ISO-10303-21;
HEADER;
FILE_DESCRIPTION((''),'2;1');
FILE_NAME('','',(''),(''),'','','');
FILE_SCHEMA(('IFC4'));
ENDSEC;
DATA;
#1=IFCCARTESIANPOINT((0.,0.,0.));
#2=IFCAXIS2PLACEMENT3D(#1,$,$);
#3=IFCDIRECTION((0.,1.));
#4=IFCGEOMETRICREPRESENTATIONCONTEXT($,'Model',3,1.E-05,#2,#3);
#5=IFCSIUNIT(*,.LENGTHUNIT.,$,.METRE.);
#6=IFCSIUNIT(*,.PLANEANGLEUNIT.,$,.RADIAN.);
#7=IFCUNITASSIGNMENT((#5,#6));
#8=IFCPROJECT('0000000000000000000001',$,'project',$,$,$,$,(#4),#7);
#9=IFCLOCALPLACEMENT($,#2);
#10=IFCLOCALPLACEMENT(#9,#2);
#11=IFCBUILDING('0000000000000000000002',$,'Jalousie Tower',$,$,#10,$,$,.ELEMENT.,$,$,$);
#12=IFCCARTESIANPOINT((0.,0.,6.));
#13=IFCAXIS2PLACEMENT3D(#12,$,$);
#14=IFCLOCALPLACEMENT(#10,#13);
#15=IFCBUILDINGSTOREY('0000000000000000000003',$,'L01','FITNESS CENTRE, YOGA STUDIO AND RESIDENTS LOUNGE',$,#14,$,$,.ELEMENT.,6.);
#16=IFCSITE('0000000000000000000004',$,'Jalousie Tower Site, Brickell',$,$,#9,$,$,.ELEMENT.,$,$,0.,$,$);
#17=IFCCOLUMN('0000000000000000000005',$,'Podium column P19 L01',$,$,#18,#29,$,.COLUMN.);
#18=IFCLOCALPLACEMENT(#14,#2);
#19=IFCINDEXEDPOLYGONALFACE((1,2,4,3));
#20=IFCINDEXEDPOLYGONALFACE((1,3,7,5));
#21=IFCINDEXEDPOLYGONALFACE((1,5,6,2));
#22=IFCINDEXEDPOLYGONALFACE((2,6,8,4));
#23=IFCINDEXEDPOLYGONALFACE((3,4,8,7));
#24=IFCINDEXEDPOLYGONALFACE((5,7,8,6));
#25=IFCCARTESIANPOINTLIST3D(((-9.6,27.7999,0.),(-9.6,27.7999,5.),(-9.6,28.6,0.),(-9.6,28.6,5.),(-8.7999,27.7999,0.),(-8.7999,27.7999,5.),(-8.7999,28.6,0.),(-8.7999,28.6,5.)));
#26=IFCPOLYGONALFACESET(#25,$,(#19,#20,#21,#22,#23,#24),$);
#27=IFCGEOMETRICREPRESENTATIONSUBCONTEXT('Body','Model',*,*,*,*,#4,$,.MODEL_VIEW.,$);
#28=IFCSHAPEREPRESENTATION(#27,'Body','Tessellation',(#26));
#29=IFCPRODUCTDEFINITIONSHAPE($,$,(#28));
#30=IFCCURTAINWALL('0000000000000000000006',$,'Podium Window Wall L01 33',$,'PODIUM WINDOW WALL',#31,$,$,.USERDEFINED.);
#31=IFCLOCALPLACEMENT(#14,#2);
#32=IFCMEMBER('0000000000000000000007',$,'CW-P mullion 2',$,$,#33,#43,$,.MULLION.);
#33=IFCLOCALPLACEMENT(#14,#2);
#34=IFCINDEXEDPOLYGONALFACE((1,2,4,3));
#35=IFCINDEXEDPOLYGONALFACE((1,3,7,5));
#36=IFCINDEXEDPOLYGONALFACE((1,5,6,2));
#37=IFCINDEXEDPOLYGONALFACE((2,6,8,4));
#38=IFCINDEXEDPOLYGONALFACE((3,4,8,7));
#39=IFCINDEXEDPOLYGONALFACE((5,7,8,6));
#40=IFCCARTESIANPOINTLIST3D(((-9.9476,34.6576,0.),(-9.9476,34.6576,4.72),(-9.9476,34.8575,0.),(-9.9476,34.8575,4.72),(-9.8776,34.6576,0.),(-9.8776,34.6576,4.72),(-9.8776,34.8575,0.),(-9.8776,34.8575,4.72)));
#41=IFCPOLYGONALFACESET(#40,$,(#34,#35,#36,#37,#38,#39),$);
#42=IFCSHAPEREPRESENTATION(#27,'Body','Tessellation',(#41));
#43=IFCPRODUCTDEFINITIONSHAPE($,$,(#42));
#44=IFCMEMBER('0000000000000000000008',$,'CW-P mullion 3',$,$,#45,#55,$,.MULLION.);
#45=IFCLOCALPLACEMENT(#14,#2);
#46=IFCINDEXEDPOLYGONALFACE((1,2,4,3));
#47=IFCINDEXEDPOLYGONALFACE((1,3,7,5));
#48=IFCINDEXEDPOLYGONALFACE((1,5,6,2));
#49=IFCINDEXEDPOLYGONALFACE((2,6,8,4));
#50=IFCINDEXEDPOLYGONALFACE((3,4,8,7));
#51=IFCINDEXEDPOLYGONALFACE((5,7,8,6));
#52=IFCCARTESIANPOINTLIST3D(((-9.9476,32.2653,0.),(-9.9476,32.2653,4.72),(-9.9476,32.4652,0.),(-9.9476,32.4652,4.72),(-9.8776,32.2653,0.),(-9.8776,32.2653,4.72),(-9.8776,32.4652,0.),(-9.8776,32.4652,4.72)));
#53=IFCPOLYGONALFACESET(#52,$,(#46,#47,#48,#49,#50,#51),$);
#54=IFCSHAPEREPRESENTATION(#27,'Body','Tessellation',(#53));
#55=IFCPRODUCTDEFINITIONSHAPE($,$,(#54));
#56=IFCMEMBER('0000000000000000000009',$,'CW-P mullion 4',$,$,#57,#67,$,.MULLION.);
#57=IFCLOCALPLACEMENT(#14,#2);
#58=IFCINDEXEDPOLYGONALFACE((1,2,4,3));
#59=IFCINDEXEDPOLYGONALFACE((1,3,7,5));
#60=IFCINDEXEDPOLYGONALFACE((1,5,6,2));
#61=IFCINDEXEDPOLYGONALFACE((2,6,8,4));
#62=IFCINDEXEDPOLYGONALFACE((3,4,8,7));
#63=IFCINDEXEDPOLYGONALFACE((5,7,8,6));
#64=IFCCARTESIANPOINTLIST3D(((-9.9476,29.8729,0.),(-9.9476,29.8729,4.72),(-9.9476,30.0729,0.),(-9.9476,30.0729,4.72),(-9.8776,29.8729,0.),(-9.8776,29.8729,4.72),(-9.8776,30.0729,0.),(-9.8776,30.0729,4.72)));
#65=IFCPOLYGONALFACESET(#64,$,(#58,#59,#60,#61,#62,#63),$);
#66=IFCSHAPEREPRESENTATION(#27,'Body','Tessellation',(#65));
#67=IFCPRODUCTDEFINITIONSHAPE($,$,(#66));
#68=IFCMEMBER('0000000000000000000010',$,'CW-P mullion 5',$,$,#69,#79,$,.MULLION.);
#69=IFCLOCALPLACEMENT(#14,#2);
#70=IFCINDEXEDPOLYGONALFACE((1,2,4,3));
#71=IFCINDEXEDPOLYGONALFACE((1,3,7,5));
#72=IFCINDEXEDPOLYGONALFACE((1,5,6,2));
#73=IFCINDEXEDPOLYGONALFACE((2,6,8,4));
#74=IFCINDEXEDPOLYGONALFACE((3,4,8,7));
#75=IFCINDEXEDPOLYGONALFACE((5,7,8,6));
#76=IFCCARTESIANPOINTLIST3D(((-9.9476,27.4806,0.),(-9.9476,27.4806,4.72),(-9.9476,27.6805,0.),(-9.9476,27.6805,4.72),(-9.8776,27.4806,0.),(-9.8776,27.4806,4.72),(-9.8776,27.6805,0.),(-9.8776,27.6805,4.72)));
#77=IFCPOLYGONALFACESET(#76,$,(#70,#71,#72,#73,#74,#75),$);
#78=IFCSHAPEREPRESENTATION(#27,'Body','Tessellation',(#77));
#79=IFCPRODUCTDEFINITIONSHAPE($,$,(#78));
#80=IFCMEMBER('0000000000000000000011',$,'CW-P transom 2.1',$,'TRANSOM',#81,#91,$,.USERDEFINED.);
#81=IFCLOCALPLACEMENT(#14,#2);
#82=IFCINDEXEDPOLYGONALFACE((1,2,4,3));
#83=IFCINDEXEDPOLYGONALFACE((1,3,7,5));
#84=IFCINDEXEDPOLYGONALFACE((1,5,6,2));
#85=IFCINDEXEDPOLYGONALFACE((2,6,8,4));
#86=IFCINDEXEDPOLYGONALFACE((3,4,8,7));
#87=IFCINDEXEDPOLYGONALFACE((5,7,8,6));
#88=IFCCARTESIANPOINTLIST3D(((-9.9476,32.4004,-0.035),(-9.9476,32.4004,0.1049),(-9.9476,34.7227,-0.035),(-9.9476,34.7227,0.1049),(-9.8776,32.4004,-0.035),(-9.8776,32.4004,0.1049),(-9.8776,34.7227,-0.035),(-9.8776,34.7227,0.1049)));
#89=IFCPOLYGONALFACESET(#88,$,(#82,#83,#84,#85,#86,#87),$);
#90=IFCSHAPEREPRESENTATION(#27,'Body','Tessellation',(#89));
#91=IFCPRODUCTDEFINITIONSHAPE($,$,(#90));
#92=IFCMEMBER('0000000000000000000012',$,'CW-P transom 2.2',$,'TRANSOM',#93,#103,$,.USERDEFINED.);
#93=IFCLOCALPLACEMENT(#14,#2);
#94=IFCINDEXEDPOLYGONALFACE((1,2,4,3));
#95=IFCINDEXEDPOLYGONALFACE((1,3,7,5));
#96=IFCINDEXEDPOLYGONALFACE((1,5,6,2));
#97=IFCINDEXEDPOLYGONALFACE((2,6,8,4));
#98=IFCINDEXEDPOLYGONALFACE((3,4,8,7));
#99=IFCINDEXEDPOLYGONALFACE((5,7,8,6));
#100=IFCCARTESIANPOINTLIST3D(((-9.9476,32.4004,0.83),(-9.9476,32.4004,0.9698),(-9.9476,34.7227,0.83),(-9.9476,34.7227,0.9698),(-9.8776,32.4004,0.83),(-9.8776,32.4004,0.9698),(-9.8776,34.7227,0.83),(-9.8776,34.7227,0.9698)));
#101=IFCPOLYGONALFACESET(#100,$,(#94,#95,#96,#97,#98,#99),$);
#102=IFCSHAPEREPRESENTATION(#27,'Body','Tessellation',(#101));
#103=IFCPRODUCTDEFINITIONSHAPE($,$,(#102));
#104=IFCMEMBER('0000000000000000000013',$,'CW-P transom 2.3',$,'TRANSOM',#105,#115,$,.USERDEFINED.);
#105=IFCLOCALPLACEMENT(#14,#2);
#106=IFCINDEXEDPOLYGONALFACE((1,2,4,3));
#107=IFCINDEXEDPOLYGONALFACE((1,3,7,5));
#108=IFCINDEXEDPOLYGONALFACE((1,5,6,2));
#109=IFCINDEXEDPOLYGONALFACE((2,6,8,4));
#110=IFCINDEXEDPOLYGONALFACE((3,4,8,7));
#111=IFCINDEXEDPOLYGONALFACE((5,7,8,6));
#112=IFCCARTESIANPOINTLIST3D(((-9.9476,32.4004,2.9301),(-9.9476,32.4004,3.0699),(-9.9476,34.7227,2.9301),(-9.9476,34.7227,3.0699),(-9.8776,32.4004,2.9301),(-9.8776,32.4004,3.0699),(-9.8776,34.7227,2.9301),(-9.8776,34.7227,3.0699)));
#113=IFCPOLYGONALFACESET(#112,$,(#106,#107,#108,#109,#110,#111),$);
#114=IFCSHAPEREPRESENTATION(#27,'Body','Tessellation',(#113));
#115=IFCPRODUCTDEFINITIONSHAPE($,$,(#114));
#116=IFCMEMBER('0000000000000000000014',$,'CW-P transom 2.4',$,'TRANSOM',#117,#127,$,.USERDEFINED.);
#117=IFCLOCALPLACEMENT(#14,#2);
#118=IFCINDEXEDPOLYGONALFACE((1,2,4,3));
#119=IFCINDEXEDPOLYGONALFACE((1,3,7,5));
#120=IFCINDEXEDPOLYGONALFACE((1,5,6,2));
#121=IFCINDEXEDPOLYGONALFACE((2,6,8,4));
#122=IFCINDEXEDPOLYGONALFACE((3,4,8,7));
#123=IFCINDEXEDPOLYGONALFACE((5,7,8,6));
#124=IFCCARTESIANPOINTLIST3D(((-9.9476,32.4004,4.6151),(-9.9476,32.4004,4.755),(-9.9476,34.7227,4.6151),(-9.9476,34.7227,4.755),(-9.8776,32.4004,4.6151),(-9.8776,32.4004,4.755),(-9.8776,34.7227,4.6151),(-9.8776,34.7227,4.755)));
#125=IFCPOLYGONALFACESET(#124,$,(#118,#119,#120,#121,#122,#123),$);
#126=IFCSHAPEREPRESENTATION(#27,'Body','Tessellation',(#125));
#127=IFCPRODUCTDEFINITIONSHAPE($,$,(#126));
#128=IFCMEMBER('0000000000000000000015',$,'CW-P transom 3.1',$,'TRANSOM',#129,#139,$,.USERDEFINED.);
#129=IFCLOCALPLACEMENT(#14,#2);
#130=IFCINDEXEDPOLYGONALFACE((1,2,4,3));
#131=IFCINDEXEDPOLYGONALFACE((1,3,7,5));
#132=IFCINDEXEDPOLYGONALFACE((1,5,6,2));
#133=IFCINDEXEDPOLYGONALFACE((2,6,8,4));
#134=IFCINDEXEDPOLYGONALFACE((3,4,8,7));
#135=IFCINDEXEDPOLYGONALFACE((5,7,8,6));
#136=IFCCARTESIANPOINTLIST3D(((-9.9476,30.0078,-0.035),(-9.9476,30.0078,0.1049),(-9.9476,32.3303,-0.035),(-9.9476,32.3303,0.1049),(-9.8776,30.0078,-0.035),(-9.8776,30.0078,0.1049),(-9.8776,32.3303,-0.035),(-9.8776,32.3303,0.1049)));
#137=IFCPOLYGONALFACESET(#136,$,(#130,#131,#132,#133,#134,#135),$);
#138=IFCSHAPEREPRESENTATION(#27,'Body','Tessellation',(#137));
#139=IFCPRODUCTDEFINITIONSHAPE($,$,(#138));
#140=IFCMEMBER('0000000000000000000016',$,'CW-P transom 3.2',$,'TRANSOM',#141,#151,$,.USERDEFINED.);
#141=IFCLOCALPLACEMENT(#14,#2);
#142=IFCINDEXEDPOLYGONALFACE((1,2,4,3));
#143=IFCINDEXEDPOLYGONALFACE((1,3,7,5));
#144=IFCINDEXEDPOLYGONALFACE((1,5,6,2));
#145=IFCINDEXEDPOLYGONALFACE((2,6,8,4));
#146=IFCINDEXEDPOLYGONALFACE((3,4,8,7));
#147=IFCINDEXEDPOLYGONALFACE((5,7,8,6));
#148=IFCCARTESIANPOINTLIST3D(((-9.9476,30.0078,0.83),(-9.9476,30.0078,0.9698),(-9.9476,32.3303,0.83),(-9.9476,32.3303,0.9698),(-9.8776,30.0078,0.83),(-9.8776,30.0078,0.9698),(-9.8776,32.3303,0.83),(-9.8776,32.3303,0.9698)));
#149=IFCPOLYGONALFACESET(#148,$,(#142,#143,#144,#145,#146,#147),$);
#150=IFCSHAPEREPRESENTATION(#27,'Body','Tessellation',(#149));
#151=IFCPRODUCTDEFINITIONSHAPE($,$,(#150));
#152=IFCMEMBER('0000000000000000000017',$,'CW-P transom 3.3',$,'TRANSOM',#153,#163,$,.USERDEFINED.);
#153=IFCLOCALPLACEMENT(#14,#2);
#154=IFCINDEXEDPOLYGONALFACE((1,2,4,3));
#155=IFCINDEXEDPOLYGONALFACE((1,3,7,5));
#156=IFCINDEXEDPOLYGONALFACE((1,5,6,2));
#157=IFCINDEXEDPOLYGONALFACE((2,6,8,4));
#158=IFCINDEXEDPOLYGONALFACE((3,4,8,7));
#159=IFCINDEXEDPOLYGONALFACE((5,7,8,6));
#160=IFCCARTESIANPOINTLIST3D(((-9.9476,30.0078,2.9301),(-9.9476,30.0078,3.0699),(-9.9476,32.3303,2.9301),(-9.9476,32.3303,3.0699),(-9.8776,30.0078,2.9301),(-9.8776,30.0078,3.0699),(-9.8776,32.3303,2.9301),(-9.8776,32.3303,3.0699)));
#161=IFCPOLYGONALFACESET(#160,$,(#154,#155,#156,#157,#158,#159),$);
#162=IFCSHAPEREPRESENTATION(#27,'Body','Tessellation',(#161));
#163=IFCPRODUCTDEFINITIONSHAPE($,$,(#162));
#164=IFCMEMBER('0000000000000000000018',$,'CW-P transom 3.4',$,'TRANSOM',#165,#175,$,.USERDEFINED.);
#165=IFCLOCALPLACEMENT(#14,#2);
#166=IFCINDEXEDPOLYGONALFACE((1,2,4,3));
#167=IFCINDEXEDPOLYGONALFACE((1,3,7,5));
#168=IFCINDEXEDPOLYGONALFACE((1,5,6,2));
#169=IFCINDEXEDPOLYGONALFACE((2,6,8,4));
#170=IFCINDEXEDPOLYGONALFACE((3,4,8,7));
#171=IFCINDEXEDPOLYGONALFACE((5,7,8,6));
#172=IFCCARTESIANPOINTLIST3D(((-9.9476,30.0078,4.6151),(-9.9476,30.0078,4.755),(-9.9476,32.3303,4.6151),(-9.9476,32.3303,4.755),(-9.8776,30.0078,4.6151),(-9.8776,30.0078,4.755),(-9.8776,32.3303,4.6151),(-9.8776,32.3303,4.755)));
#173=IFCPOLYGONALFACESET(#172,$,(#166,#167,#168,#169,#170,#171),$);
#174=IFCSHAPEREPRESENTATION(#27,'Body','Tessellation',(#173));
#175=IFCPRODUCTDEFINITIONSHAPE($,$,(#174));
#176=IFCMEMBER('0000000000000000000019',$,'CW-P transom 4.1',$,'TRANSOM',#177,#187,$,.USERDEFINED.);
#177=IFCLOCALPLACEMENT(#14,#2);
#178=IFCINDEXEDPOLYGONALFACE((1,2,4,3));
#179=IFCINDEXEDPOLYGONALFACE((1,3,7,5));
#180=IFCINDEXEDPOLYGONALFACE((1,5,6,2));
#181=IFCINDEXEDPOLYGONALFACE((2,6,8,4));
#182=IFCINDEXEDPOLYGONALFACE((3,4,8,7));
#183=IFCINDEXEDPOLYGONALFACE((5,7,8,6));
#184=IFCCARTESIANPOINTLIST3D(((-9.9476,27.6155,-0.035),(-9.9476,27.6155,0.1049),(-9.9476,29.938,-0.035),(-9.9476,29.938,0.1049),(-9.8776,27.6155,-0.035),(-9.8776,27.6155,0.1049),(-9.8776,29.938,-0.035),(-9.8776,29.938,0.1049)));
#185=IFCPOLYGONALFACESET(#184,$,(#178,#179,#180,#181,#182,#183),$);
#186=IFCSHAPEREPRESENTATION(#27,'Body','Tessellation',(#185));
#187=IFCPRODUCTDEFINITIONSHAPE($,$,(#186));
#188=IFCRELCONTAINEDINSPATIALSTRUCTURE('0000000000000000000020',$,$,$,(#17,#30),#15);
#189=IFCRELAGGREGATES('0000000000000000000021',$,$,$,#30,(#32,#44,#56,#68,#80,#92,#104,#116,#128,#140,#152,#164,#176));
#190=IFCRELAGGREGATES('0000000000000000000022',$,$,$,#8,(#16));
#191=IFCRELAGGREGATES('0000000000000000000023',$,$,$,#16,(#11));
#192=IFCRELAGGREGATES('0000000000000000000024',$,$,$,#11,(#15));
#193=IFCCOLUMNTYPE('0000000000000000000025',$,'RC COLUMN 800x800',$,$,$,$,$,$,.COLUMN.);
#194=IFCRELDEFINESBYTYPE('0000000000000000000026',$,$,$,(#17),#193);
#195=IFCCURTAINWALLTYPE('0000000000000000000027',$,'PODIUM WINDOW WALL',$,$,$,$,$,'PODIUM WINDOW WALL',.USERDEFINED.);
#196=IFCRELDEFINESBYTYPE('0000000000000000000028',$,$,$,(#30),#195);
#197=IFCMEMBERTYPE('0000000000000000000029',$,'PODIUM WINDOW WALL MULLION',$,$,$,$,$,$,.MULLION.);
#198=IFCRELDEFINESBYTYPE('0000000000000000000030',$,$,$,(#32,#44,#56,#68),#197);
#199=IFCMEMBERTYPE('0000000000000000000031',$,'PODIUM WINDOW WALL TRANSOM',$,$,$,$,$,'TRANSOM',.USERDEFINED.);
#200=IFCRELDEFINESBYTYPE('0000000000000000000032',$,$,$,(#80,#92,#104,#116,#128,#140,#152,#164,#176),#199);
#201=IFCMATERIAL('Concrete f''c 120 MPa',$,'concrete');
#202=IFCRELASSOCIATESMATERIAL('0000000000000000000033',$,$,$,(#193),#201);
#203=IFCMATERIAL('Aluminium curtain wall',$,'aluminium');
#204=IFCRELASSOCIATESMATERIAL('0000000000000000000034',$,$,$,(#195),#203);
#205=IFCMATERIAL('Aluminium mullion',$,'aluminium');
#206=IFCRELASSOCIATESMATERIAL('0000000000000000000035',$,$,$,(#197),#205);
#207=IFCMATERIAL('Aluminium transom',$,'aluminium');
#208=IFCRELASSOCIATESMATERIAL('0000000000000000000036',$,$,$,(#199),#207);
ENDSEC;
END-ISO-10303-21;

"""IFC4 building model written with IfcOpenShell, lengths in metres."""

from ifc_helpers import new_model, si_unit, direction, frame, origin, origin_2d, place, context, subcontext, project, spatial, rectangle, extrude, material, material_profile, profile_set, type_object, element, aggregate, save


model = new_model("IFC4")

# Units and contexts
model_context = context("Model", 3, precision=1e-05, world=origin(), true_north=direction((0.0, 1.0)))
body_context = subcontext(model_context, "Body", "Model", "MODEL_VIEW")
ifc_project = project(units=[si_unit("LENGTHUNIT", "METRE"), si_unit("PLANEANGLEUNIT", "RADIAN")], contexts=[model_context])

# Site, building, storey
site_placement = place(None, origin())
site = spatial("IfcSite", under=ifc_project, at=site_placement, Name="Jalousie Tower Site, Brickell", CompositionType="ELEMENT", RefElevation=0.0)
building_placement = place(site_placement, origin())
building = spatial("IfcBuilding", under=site, at=building_placement, Name="Jalousie Tower", CompositionType="ELEMENT")
storey_placement = place(building_placement, frame((0.0, 0.0, 6.0)))
storey = spatial("IfcBuildingStorey", under=building, at=storey_placement, Name="L01", Description="FITNESS CENTRE, YOGA STUDIO AND RESIDENTS LOUNGE", CompositionType="ELEMENT", Elevation=6.0)

# Column
ifc_material_1 = material(Name="Concrete f'c 120 MPa", Category="concrete")
ifc_material_profile_1 = material_profile(ifc_material_1, rectangle(XDim=0.8, YDim=0.8, at=origin_2d()), Name="RC 800x800")
ifc_profile_set_1 = profile_set([ifc_material_profile_1], Name="Concrete f'c 120 MPa")
column_type = type_object("IfcColumnType", Name="RC COLUMN 800x800", PredefinedType="COLUMN", material=ifc_profile_set_1)
column_placement = place(storey_placement, frame((-9.2, 28.2, 0.0), z_axis=(0.0, 0.0, 1.0), x_axis=(1.0, 0.0, 0.0)))
element("IfcColumn", 1, at=column_placement, inside=storey, type_object=column_type, Name="Podium column P19 L01", PredefinedType="COLUMN", context=body_context, shape_type="SweptSolid", body=[
    extrude(rectangle(XDim=0.8, YDim=0.8, at=origin_2d()), origin(), (0.0, 0.0, 1.0), 5.0),
])

# Curtain wall, members
ifc_material_2 = material(Name="Aluminium curtain wall", Category="aluminium")
curtain_wall_type = type_object("IfcCurtainWallType", Name="PODIUM WINDOW WALL", ElementType="PODIUM WINDOW WALL", PredefinedType="USERDEFINED", material=ifc_material_2)
curtain_wall_placement = place(storey_placement, origin())
curtain_wall = element("IfcCurtainWall", 2, at=curtain_wall_placement, inside=storey, type_object=curtain_wall_type, Name="Podium Window Wall L01 33", ObjectType="PODIUM WINDOW WALL", PredefinedType="USERDEFINED")
ifc_material_3 = material(Name="Aluminium mullion", Category="aluminium")
ifc_material_profile_2 = material_profile(ifc_material_3, rectangle(XDim=0.0701, YDim=0.2, at=origin_2d()), Name="MULLION 70x200")
ifc_profile_set_2 = profile_set([ifc_material_profile_2], Name="Aluminium mullion")
member_type_1 = type_object("IfcMemberType", Name="PODIUM WINDOW WALL MULLION", PredefinedType="MULLION", material=ifc_profile_set_2)
member_1_placement = place(storey_placement, frame((-9.9126, 34.7576, 0.0), z_axis=(0.0, 0.0, 1.0), x_axis=(1.0, 0.0, 0.0)))
member_1 = element("IfcMember", 3, at=member_1_placement, type_object=member_type_1, Name="CW-P mullion 2", PredefinedType="MULLION", context=body_context, shape_type="SweptSolid", body=[
    extrude(rectangle(XDim=0.0701, YDim=0.2, at=origin_2d()), origin(), (0.0, 0.0, 1.0), 4.72),
])
member_2_placement = place(storey_placement, frame((-9.9126, 32.3652, 0.0), z_axis=(0.0, 0.0, 1.0), x_axis=(1.0, 0.0, 0.0)))
member_2 = element("IfcMember", 4, at=member_2_placement, type_object=member_type_1, Name="CW-P mullion 3", PredefinedType="MULLION", context=body_context, shape_type="SweptSolid", body=[
    extrude(rectangle(XDim=0.0701, YDim=0.2, at=origin_2d()), origin(), (0.0, 0.0, 1.0), 4.72),
])
member_3_placement = place(storey_placement, frame((-9.9126, 29.9729, 0.0), z_axis=(0.0, 0.0, 1.0), x_axis=(1.0, 0.0, 0.0)))
member_3 = element("IfcMember", 5, at=member_3_placement, type_object=member_type_1, Name="CW-P mullion 4", PredefinedType="MULLION", context=body_context, shape_type="SweptSolid", body=[
    extrude(rectangle(XDim=0.0701, YDim=0.2, at=origin_2d()), origin(), (0.0, 0.0, 1.0), 4.72),
])
member_4_placement = place(storey_placement, frame((-9.9126, 27.5806, 0.0), z_axis=(0.0, 0.0, 1.0), x_axis=(1.0, 0.0, 0.0)))
member_4 = element("IfcMember", 6, at=member_4_placement, type_object=member_type_1, Name="CW-P mullion 5", PredefinedType="MULLION", context=body_context, shape_type="SweptSolid", body=[
    extrude(rectangle(XDim=0.0701, YDim=0.2, at=origin_2d()), origin(), (0.0, 0.0, 1.0), 4.72),
])
ifc_material_4 = material(Name="Aluminium transom", Category="aluminium")
ifc_material_profile_3 = material_profile(ifc_material_4, rectangle(XDim=0.0701, YDim=0.1399, at=origin_2d()), Name="TRANSOM 70x140")
ifc_profile_set_3 = profile_set([ifc_material_profile_3], Name="Aluminium transom")
member_type_2 = type_object("IfcMemberType", Name="PODIUM WINDOW WALL TRANSOM", ElementType="TRANSOM", PredefinedType="USERDEFINED", material=ifc_profile_set_3)
member_5_placement = place(storey_placement, frame((-9.9126, 34.7227, 0.0349), z_axis=(0.0, -1.0, 0.0), x_axis=(1.0, 0.0, 0.0)))
member_5 = element("IfcMember", 7, at=member_5_placement, type_object=member_type_2, Name="CW-P transom 2.1", ObjectType="TRANSOM", PredefinedType="USERDEFINED", context=body_context, shape_type="SweptSolid", body=[
    extrude(rectangle(XDim=0.0701, YDim=0.1399, at=origin_2d()), origin(), (0.0, 0.0, 1.0), 2.3223),
])
member_6_placement = place(storey_placement, frame((-9.9126, 34.7227, 0.8999), z_axis=(0.0, -1.0, 0.0), x_axis=(1.0, 0.0, 0.0)))
member_6 = element("IfcMember", 8, at=member_6_placement, type_object=member_type_2, Name="CW-P transom 2.2", ObjectType="TRANSOM", PredefinedType="USERDEFINED", context=body_context, shape_type="SweptSolid", body=[
    extrude(rectangle(XDim=0.0701, YDim=0.1399, at=origin_2d()), origin(), (0.0, 0.0, 1.0), 2.3223),
])
member_7_placement = place(storey_placement, frame((-9.9126, 34.7227, 3.0), z_axis=(0.0, -1.0, 0.0), x_axis=(1.0, 0.0, 0.0)))
member_7 = element("IfcMember", 9, at=member_7_placement, type_object=member_type_2, Name="CW-P transom 2.3", ObjectType="TRANSOM", PredefinedType="USERDEFINED", context=body_context, shape_type="SweptSolid", body=[
    extrude(rectangle(XDim=0.0701, YDim=0.1399, at=origin_2d()), origin(), (0.0, 0.0, 1.0), 2.3223),
])
member_8_placement = place(storey_placement, frame((-9.9126, 34.7227, 4.6851), z_axis=(0.0, -1.0, 0.0), x_axis=(1.0, 0.0, 0.0)))
member_8 = element("IfcMember", 10, at=member_8_placement, type_object=member_type_2, Name="CW-P transom 2.4", ObjectType="TRANSOM", PredefinedType="USERDEFINED", context=body_context, shape_type="SweptSolid", body=[
    extrude(rectangle(XDim=0.0701, YDim=0.1399, at=origin_2d()), origin(), (0.0, 0.0, 1.0), 2.3223),
])
member_9_placement = place(storey_placement, frame((-9.9126, 32.3303, 0.0349), z_axis=(0.0, -1.0, 0.0), x_axis=(1.0, 0.0, 0.0)))
member_9 = element("IfcMember", 11, at=member_9_placement, type_object=member_type_2, Name="CW-P transom 3.1", ObjectType="TRANSOM", PredefinedType="USERDEFINED", context=body_context, shape_type="SweptSolid", body=[
    extrude(rectangle(XDim=0.0701, YDim=0.1399, at=origin_2d()), origin(), (0.0, 0.0, 1.0), 2.3225),
])
member_10_placement = place(storey_placement, frame((-9.9126, 32.3303, 0.8999), z_axis=(0.0, -1.0, 0.0), x_axis=(1.0, 0.0, 0.0)))
member_10 = element("IfcMember", 12, at=member_10_placement, type_object=member_type_2, Name="CW-P transom 3.2", ObjectType="TRANSOM", PredefinedType="USERDEFINED", context=body_context, shape_type="SweptSolid", body=[
    extrude(rectangle(XDim=0.0701, YDim=0.1399, at=origin_2d()), origin(), (0.0, 0.0, 1.0), 2.3225),
])
member_11_placement = place(storey_placement, frame((-9.9126, 32.3303, 3.0), z_axis=(0.0, -1.0, 0.0), x_axis=(1.0, 0.0, 0.0)))
member_11 = element("IfcMember", 13, at=member_11_placement, type_object=member_type_2, Name="CW-P transom 3.3", ObjectType="TRANSOM", PredefinedType="USERDEFINED", context=body_context, shape_type="SweptSolid", body=[
    extrude(rectangle(XDim=0.0701, YDim=0.1399, at=origin_2d()), origin(), (0.0, 0.0, 1.0), 2.3225),
])
member_12_placement = place(storey_placement, frame((-9.9126, 32.3303, 4.6851), z_axis=(0.0, -1.0, 0.0), x_axis=(1.0, 0.0, 0.0)))
member_12 = element("IfcMember", 14, at=member_12_placement, type_object=member_type_2, Name="CW-P transom 3.4", ObjectType="TRANSOM", PredefinedType="USERDEFINED", context=body_context, shape_type="SweptSolid", body=[
    extrude(rectangle(XDim=0.0701, YDim=0.1399, at=origin_2d()), origin(), (0.0, 0.0, 1.0), 2.3225),
])
member_13_placement = place(storey_placement, frame((-9.9126, 29.938, 0.0349), z_axis=(0.0, -1.0, 0.0), x_axis=(1.0, 0.0, 0.0)))
member_13 = element("IfcMember", 15, at=member_13_placement, type_object=member_type_2, Name="CW-P transom 4.1", ObjectType="TRANSOM", PredefinedType="USERDEFINED", context=body_context, shape_type="SweptSolid", body=[
    extrude(rectangle(XDim=0.0701, YDim=0.1399, at=origin_2d()), origin(), (0.0, 0.0, 1.0), 2.3225),
])

aggregate(curtain_wall, [member_1, member_2, member_3, member_4, member_5, member_6, member_7, member_8, member_9, member_10, member_11, member_12, member_13])

save(model, "model.ifc")
